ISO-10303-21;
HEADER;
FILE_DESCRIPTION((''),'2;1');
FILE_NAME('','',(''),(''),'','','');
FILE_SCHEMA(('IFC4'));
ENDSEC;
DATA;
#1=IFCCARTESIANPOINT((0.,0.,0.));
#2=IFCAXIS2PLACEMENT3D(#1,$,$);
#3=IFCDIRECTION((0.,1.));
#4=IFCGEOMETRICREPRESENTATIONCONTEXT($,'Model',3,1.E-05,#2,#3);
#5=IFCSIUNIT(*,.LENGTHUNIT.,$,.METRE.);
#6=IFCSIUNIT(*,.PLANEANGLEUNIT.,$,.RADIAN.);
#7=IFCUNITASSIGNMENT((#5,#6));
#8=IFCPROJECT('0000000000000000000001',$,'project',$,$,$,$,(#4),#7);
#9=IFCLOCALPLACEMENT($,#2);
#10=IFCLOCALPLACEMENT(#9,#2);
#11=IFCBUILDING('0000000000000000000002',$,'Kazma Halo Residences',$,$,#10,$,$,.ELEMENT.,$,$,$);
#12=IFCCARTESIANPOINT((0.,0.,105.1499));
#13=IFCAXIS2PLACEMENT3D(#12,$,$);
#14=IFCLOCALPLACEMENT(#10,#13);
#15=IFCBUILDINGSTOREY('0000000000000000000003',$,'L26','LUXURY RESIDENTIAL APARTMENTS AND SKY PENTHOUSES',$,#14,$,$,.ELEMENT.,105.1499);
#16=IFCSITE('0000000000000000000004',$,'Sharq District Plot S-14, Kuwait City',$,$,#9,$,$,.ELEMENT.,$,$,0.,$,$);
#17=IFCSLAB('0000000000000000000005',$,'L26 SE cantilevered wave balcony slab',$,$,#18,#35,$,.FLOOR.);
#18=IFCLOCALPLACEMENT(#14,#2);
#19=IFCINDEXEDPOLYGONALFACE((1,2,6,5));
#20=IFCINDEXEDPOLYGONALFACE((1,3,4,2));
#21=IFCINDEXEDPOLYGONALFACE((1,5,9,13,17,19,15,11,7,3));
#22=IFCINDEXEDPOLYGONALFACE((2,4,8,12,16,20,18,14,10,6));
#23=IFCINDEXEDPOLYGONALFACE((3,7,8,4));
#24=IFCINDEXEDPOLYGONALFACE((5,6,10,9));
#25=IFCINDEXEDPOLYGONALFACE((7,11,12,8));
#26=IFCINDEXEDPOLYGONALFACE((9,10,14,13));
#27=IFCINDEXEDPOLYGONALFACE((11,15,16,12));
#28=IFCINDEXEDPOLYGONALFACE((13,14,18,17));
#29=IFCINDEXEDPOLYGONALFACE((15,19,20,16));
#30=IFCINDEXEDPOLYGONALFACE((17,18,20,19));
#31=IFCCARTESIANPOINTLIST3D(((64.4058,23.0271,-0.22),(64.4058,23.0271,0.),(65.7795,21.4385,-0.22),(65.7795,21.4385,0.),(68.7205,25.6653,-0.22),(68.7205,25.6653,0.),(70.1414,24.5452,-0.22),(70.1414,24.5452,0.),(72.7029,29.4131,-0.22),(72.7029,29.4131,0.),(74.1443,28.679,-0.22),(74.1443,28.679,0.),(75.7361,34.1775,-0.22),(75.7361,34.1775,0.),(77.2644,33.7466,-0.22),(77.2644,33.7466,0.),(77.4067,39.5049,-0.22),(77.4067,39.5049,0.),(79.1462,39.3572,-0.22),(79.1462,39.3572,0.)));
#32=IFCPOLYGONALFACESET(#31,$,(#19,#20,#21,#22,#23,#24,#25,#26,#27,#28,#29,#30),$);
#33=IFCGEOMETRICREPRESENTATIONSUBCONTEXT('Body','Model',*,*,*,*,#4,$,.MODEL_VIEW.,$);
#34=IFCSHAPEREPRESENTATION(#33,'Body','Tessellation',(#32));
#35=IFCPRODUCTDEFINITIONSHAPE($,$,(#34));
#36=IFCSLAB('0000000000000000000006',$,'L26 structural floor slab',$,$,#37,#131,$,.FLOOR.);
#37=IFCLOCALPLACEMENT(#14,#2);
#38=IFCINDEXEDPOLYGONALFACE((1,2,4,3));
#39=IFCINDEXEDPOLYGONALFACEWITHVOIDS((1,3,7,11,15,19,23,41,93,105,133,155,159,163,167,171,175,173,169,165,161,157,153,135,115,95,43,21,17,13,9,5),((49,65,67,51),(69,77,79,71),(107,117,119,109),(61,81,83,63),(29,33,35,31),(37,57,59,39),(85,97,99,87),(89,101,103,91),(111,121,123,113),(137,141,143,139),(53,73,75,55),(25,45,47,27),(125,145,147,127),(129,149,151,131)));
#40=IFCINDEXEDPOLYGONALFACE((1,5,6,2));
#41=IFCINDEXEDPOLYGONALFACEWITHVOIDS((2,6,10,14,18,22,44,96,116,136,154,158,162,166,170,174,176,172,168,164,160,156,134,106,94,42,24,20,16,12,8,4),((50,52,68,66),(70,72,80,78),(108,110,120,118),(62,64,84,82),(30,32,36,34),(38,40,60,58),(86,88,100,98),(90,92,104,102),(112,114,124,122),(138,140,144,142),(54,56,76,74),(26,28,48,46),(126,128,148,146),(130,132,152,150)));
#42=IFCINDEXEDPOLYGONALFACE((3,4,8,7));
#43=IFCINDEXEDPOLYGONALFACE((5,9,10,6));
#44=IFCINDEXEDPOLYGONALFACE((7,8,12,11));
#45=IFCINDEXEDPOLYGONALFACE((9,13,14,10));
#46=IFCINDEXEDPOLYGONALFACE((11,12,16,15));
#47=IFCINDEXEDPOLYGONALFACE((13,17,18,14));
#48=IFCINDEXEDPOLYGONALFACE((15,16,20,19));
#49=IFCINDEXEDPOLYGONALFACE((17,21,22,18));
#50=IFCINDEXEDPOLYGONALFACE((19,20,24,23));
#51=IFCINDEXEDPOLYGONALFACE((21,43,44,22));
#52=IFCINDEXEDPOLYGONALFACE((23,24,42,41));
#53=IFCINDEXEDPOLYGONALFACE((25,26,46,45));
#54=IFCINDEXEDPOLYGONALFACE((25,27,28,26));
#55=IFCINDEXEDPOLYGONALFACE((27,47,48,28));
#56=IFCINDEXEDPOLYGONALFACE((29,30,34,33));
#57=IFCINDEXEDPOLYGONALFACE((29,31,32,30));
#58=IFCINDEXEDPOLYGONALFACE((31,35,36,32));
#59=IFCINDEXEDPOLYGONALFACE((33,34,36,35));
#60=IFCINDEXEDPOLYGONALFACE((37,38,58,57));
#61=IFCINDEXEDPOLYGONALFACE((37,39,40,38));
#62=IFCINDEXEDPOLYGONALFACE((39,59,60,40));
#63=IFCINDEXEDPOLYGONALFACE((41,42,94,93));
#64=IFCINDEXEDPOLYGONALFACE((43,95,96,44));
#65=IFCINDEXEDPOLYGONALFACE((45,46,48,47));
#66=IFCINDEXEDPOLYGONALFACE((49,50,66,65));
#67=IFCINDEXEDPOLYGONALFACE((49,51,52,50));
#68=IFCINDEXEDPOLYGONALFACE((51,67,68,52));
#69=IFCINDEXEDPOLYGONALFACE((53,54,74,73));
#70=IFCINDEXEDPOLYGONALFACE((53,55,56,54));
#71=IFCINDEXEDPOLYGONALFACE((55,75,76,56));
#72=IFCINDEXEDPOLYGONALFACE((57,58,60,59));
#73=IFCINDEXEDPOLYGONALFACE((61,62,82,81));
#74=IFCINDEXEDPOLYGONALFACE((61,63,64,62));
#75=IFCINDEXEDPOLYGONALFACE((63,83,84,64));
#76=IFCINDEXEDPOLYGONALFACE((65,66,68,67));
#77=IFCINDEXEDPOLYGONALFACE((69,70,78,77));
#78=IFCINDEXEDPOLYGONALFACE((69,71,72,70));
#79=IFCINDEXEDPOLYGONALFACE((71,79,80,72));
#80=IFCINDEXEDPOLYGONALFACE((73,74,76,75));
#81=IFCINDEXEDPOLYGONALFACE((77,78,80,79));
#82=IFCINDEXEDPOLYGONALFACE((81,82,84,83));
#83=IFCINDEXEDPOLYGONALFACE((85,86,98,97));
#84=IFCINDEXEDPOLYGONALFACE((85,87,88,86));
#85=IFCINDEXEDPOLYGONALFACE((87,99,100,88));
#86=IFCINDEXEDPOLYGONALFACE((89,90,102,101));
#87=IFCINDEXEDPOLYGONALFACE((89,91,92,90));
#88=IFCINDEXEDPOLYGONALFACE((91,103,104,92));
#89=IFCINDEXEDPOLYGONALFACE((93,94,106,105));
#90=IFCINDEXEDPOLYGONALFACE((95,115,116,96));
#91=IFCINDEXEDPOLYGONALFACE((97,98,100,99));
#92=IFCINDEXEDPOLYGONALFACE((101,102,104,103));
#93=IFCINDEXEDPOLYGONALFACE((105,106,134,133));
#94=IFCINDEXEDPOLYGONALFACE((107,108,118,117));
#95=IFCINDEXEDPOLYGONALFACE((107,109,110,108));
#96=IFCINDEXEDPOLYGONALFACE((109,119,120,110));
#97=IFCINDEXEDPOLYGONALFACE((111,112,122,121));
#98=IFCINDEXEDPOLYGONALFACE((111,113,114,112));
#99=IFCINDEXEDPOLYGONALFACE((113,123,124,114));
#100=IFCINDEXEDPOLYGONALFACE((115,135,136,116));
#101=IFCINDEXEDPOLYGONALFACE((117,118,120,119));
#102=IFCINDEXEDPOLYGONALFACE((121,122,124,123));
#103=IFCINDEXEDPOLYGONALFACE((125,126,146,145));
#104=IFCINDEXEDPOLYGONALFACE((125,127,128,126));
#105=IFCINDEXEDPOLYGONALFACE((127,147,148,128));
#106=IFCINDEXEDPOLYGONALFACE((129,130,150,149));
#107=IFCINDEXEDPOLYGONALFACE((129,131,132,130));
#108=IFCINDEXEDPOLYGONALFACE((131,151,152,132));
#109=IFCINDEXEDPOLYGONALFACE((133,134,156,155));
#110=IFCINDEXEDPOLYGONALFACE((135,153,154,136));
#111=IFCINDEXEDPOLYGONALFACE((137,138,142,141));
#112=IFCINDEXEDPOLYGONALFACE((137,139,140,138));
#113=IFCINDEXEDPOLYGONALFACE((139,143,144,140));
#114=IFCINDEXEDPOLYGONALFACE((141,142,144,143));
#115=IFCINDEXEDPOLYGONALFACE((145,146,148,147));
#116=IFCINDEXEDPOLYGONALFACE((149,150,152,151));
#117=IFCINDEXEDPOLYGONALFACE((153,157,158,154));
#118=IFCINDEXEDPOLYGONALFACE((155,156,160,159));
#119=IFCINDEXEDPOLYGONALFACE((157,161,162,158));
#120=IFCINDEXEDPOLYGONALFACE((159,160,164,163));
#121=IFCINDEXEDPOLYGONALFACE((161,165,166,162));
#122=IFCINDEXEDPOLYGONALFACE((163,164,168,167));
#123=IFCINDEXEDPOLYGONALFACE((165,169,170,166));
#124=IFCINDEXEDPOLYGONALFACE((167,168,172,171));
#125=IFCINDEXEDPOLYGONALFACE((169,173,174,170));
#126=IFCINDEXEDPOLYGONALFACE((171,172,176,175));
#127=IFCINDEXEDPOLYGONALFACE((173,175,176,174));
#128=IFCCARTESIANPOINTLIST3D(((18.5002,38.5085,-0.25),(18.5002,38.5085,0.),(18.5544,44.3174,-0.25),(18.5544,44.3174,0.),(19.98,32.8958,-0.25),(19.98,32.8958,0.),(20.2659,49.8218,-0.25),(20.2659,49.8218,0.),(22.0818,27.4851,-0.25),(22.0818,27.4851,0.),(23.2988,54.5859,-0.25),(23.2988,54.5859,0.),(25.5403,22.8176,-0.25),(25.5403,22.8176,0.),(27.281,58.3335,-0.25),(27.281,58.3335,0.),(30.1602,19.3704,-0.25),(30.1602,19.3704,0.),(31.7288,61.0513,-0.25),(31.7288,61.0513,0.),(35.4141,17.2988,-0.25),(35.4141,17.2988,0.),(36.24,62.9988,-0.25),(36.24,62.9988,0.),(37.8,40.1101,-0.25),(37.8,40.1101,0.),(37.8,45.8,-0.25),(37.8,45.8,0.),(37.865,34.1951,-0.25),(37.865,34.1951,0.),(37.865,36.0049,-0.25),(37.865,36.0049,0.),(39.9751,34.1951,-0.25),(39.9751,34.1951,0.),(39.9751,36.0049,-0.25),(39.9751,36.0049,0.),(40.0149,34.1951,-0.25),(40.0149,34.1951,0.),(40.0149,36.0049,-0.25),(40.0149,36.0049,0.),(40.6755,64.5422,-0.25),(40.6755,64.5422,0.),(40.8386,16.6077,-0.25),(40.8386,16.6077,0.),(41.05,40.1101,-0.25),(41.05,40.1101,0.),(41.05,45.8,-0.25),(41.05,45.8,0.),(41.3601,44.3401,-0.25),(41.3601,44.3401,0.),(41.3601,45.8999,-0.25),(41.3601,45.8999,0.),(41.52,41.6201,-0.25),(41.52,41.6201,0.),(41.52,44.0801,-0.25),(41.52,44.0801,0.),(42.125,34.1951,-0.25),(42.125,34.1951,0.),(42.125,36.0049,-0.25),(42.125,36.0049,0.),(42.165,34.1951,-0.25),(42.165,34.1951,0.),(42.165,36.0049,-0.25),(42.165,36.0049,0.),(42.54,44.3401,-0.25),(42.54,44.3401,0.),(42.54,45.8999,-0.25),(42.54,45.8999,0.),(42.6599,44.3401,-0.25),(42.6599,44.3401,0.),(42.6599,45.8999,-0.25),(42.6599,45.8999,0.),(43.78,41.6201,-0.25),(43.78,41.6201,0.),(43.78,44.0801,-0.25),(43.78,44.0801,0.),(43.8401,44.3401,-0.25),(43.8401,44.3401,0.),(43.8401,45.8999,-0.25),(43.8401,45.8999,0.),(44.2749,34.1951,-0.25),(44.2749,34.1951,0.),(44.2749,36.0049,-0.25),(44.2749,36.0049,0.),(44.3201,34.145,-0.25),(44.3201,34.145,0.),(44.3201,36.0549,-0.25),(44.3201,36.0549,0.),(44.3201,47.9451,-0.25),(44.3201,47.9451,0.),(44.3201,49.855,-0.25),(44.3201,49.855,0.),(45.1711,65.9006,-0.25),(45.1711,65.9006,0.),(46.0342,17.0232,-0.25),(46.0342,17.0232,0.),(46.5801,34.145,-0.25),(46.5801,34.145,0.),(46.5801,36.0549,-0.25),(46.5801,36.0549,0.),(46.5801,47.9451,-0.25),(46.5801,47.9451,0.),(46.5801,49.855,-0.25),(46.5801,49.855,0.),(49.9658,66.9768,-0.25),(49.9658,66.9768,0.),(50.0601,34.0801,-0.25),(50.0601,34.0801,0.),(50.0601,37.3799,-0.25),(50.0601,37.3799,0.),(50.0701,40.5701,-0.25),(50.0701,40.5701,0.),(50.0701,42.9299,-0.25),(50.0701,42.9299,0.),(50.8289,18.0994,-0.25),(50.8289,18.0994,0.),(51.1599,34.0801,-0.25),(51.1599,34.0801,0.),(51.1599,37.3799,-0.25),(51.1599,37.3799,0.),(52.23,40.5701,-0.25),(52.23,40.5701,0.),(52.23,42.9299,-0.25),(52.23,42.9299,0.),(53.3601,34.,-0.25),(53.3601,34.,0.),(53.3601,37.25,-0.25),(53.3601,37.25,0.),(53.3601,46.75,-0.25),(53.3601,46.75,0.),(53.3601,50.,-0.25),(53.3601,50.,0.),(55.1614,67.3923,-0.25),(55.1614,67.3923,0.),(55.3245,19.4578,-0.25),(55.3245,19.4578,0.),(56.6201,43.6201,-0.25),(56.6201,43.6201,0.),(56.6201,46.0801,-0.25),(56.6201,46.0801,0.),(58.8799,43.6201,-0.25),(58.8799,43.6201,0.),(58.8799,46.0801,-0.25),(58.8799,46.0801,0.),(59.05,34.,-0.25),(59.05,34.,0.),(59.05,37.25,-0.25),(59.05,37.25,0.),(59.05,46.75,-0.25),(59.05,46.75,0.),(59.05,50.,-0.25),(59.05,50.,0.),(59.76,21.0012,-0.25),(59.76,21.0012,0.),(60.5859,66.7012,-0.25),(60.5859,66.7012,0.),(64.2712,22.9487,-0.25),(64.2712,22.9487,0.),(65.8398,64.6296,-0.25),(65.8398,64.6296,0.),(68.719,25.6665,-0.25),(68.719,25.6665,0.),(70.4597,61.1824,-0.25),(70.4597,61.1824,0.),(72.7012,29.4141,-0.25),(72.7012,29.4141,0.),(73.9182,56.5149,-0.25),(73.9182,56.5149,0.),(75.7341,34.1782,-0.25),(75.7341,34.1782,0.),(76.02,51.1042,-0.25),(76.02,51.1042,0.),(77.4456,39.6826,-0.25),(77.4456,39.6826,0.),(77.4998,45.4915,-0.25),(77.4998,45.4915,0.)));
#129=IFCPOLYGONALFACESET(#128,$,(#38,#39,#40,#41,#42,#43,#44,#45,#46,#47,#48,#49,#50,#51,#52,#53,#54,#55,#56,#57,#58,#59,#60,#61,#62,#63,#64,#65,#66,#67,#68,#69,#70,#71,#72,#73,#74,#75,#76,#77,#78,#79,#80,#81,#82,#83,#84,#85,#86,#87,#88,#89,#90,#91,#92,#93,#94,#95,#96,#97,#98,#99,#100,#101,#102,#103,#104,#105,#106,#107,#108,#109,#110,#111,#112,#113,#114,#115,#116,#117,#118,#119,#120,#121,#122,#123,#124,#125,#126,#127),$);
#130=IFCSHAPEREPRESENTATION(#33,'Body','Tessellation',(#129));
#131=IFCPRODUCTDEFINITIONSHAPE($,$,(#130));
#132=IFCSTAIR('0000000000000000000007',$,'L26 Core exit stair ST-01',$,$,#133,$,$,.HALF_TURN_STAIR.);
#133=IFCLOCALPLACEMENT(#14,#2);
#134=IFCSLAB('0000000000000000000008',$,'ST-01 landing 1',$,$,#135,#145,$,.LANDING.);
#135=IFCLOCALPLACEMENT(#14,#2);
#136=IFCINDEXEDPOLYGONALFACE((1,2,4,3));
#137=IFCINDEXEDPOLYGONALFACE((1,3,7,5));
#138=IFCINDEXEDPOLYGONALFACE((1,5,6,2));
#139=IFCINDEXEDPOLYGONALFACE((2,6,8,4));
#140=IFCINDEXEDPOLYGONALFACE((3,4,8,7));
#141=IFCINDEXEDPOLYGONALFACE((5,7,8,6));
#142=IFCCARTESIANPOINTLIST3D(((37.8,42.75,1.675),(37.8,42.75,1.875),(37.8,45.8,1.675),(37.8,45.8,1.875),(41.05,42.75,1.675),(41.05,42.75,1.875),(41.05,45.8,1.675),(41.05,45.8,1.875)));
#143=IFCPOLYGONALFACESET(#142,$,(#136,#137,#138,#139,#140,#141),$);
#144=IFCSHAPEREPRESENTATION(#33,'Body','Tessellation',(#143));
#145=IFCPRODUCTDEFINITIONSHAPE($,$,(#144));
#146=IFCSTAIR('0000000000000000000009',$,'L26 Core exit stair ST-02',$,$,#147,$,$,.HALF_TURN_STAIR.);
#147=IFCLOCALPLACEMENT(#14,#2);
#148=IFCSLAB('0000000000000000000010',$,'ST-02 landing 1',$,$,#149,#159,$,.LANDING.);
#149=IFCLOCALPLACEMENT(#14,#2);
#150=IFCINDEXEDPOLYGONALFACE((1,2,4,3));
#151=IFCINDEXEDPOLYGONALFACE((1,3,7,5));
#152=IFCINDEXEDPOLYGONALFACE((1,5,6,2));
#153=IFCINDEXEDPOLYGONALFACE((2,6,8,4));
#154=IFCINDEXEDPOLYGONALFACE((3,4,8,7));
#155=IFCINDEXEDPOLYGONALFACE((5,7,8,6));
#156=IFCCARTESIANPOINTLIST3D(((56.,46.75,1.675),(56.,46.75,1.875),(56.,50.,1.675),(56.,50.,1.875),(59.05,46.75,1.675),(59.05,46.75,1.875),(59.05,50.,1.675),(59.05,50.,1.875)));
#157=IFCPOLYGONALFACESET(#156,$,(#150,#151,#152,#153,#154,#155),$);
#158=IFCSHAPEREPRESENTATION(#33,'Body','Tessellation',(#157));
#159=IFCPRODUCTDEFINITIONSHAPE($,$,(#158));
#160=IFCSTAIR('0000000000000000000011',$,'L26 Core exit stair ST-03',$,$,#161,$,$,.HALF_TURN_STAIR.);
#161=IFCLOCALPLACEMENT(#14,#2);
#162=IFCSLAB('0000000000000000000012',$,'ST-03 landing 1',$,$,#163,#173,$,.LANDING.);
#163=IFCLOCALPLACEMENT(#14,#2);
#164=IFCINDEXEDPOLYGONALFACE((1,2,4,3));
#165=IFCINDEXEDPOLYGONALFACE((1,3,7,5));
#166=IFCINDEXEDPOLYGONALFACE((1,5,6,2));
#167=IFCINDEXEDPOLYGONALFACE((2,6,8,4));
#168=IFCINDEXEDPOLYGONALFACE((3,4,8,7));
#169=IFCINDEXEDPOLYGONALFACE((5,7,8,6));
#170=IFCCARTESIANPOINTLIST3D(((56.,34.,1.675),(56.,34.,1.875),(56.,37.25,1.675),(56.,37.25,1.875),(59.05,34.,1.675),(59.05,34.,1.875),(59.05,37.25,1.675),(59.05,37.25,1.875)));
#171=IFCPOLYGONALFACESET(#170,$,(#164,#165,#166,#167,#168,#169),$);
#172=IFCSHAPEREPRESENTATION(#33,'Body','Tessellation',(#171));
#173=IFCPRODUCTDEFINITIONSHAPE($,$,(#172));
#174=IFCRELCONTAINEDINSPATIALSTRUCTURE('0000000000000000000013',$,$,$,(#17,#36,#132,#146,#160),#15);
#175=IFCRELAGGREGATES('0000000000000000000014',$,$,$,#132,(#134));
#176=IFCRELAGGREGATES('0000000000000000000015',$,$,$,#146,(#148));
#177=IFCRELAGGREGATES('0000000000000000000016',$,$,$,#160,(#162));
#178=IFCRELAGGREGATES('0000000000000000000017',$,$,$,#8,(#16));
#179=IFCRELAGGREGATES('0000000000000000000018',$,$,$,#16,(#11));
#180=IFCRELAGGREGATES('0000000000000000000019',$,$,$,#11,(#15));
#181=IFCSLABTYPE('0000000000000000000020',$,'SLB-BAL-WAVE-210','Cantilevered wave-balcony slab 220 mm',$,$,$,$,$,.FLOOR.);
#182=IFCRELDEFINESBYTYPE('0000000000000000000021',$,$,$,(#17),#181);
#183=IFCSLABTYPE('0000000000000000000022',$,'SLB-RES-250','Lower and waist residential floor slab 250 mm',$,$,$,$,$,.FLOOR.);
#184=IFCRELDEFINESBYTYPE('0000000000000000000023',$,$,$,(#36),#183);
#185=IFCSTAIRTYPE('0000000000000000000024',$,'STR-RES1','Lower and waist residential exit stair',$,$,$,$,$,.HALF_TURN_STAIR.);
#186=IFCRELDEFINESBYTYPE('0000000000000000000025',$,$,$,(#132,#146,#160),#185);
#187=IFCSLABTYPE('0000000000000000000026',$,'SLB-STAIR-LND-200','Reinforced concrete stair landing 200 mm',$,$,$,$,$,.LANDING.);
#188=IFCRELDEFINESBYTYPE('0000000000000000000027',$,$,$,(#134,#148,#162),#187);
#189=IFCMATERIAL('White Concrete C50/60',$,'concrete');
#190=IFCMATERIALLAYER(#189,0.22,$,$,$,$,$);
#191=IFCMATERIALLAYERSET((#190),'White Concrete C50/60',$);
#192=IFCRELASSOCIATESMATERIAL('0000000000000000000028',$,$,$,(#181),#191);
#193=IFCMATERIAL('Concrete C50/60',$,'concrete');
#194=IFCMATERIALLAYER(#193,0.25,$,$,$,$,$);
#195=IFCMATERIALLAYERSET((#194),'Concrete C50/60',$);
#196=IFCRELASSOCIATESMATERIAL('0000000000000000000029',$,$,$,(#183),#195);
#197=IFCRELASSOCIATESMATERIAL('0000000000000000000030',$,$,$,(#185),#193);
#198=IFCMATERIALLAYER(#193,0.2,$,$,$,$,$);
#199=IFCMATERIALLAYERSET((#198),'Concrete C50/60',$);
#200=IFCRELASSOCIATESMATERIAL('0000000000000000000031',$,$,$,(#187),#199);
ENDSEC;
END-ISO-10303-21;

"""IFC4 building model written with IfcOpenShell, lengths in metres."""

from ifc_helpers import new_model, si_unit, direction, frame, origin, place, context, subcontext, project, spatial, polyline, outline, extrude, material, layer, layer_set, type_object, element, aggregate, save


model = new_model("IFC4")

# Units and contexts
model_context = context("Model", 3, precision=1e-05, world=origin(), true_north=direction((0.0, 1.0)))
body_context = subcontext(model_context, "Body", "Model", "MODEL_VIEW")
ifc_project = project(units=[si_unit("LENGTHUNIT", "METRE"), si_unit("PLANEANGLEUNIT", "RADIAN")], contexts=[model_context])

# Site, building, storey
site_placement = place(None, origin())
site = spatial("IfcSite", under=ifc_project, at=site_placement, Name="Sharq District Plot S-14, Kuwait City", CompositionType="ELEMENT", RefElevation=0.0)
building_placement = place(site_placement, origin())
building = spatial("IfcBuilding", under=site, at=building_placement, Name="Kazma Halo Residences", CompositionType="ELEMENT")
storey_placement = place(building_placement, frame((0.0, 0.0, 105.1499)))
storey = spatial("IfcBuildingStorey", under=building, at=storey_placement, Name="L26", Description="LUXURY RESIDENTIAL APARTMENTS AND SKY PENTHOUSES", CompositionType="ELEMENT", Elevation=105.1499)

# Slabs
ifc_material_1 = material(Name="White Concrete C50/60", Category="concrete")
ifc_layer_1 = layer(ifc_material_1, 0.22)
ifc_layer_set_1 = layer_set([ifc_layer_1], Name="White Concrete C50/60")
slab_type_1 = type_object("IfcSlabType", Name="SLB-BAL-WAVE-210", Description="Cantilevered wave-balcony slab 220 mm", PredefinedType="FLOOR", material=ifc_layer_set_1)
slab_1_placement = place(storey_placement, frame((0.0, 0.0, -0.22)))
element("IfcSlab", 1, at=slab_1_placement, inside=storey, type_object=slab_type_1, Name="L26 SE cantilevered wave balcony slab", PredefinedType="FLOOR", context=body_context, shape_type="SweptSolid", body=[
    extrude(outline(polyline([(64.4058, 23.0271), (68.7205, 25.6653), (72.7029, 29.4131), (75.7361, 34.1775), (77.4067, 39.5049), (79.1462, 39.3572), (77.2644, 33.7466), (74.1443, 28.679), (70.1414, 24.5452), (65.7795, 21.4385), (64.4058, 23.0271)])), origin(), (0.0, 0.0, 1.0), 0.22),
])
ifc_material_2 = material(Name="Concrete C50/60", Category="concrete")
ifc_layer_2 = layer(ifc_material_2, 0.25)
ifc_layer_set_2 = layer_set([ifc_layer_2], Name="Concrete C50/60")
slab_type_2 = type_object("IfcSlabType", Name="SLB-RES-250", Description="Lower and waist residential floor slab 250 mm", PredefinedType="FLOOR", material=ifc_layer_set_2)
slab_2_placement = place(storey_placement, frame((0.0, 0.0, -0.25)))
element("IfcSlab", 2, at=slab_2_placement, inside=storey, type_object=slab_type_2, Name="L26 structural floor slab", PredefinedType="FLOOR", context=body_context, shape_type="SweptSolid", body=[
    extrude(outline(polyline([(76.02, 51.1042), (73.9182, 56.5149), (70.4597, 61.1824), (65.8398, 64.6296), (60.5859, 66.7012), (55.1614, 67.3923), (49.9658, 66.9768), (45.1711, 65.9006), (40.6755, 64.5422), (36.24, 62.9988), (31.7288, 61.0513), (27.281, 58.3335), (23.2988, 54.5859), (20.2659, 49.8218), (18.5544, 44.3174), (18.5002, 38.5085), (19.98, 32.8958), (22.0818, 27.4851), (25.5403, 22.8176), (30.1602, 19.3704), (35.4141, 17.2988), (40.8386, 16.6077), (46.0342, 17.0232), (50.8289, 18.0994), (55.3245, 19.4578), (59.76, 21.0012), (64.2712, 22.9487), (68.719, 25.6665), (72.7012, 29.4141), (75.7341, 34.1782), (77.4456, 39.6826), (77.4998, 45.4915), (76.02, 51.1042)]), holes=[polyline([(37.8, 40.1101), (41.05, 40.1101), (41.05, 45.8), (37.8, 45.8), (37.8, 40.1101)]), polyline([(53.3601, 46.75), (59.05, 46.75), (59.05, 50.0), (53.3601, 50.0), (53.3601, 46.75)]), polyline([(53.3601, 34.0), (59.05, 34.0), (59.05, 37.25), (53.3601, 37.25), (53.3601, 34.0)]), polyline([(41.52, 41.6201), (43.78, 41.6201), (43.78, 44.0801), (41.52, 44.0801), (41.52, 41.6201)]), polyline([(56.6201, 43.6201), (58.8799, 43.6201), (58.8799, 46.0801), (56.6201, 46.0801), (56.6201, 43.6201)]), polyline([(37.865, 34.1951), (39.9751, 34.1951), (39.9751, 36.0049), (37.865, 36.0049), (37.865, 34.1951)]), polyline([(40.0149, 34.1951), (42.125, 34.1951), (42.125, 36.0049), (40.0149, 36.0049), (40.0149, 34.1951)]), polyline([(42.165, 34.1951), (44.2749, 34.1951), (44.2749, 36.0049), (42.165, 36.0049), (42.165, 34.1951)]), polyline([(44.3201, 47.9451), (46.5801, 47.9451), (46.5801, 49.855), (44.3201, 49.855), (44.3201, 47.9451)]), polyline([(44.3201, 34.145), (46.5801, 34.145), (46.5801, 36.0549), (44.3201, 36.0549), (44.3201, 34.145)]), polyline([(50.0701, 40.5701), (52.23, 40.5701), (52.23, 42.9299), (50.0701, 42.9299), (50.0701, 40.5701)]), polyline([(41.3601, 44.3401), (42.54, 44.3401), (42.54, 45.8999), (41.3601, 45.8999), (41.3601, 44.3401)]), polyline([(42.6599, 44.3401), (43.8401, 44.3401), (43.8401, 45.8999), (42.6599, 45.8999), (42.6599, 44.3401)]), polyline([(50.0601, 34.0801), (51.1599, 34.0801), (51.1599, 37.3799), (50.0601, 37.3799), (50.0601, 34.0801)])]), origin(), (0.0, 0.0, 1.0), 0.25),
])

# Stairs, slabs
stair_type = type_object("IfcStairType", Name="STR-RES1", Description="Lower and waist residential exit stair", PredefinedType="HALF_TURN_STAIR", material=ifc_material_2)
stair_1_placement = place(storey_placement, origin())
stair_1 = element("IfcStair", 3, at=stair_1_placement, inside=storey, type_object=stair_type, Name="L26 Core exit stair ST-01", PredefinedType="HALF_TURN_STAIR")
ifc_layer_3 = layer(ifc_material_2, 0.2)
ifc_layer_set_3 = layer_set([ifc_layer_3], Name="Concrete C50/60")
slab_type_3 = type_object("IfcSlabType", Name="SLB-STAIR-LND-200", Description="Reinforced concrete stair landing 200 mm", PredefinedType="LANDING", material=ifc_layer_set_3)
slab_3_placement = place(storey_placement, frame((0.0, 0.0, 1.675)))
slab_3 = element("IfcSlab", 4, at=slab_3_placement, type_object=slab_type_3, Name="ST-01 landing 1", PredefinedType="LANDING", context=body_context, shape_type="SweptSolid", body=[
    extrude(outline(polyline([(41.05, 42.75), (41.05, 45.8), (37.8, 45.8), (37.8, 42.75), (41.05, 42.75)])), origin(), (0.0, 0.0, 1.0), 0.2),
])
aggregate(stair_1, [slab_3])
stair_2_placement = place(storey_placement, origin())
stair_2 = element("IfcStair", 5, at=stair_2_placement, inside=storey, type_object=stair_type, Name="L26 Core exit stair ST-02", PredefinedType="HALF_TURN_STAIR")
slab_4_placement = place(storey_placement, frame((0.0, 0.0, 1.675)))
slab_4 = element("IfcSlab", 6, at=slab_4_placement, type_object=slab_type_3, Name="ST-02 landing 1", PredefinedType="LANDING", context=body_context, shape_type="SweptSolid", body=[
    extrude(outline(polyline([(56.0, 46.75), (59.05, 46.75), (59.05, 50.0), (56.0, 50.0), (56.0, 46.75)])), origin(), (0.0, 0.0, 1.0), 0.2),
])
aggregate(stair_2, [slab_4])
stair_3_placement = place(storey_placement, origin())
stair_3 = element("IfcStair", 7, at=stair_3_placement, inside=storey, type_object=stair_type, Name="L26 Core exit stair ST-03", PredefinedType="HALF_TURN_STAIR")
slab_5_placement = place(storey_placement, frame((0.0, 0.0, 1.675)))
slab_5 = element("IfcSlab", 8, at=slab_5_placement, type_object=slab_type_3, Name="ST-03 landing 1", PredefinedType="LANDING", context=body_context, shape_type="SweptSolid", body=[
    extrude(outline(polyline([(56.0, 34.0), (59.05, 34.0), (59.05, 37.25), (56.0, 37.25), (56.0, 34.0)])), origin(), (0.0, 0.0, 1.0), 0.2),
])
aggregate(stair_3, [slab_5])

save(model, "model.ifc")
